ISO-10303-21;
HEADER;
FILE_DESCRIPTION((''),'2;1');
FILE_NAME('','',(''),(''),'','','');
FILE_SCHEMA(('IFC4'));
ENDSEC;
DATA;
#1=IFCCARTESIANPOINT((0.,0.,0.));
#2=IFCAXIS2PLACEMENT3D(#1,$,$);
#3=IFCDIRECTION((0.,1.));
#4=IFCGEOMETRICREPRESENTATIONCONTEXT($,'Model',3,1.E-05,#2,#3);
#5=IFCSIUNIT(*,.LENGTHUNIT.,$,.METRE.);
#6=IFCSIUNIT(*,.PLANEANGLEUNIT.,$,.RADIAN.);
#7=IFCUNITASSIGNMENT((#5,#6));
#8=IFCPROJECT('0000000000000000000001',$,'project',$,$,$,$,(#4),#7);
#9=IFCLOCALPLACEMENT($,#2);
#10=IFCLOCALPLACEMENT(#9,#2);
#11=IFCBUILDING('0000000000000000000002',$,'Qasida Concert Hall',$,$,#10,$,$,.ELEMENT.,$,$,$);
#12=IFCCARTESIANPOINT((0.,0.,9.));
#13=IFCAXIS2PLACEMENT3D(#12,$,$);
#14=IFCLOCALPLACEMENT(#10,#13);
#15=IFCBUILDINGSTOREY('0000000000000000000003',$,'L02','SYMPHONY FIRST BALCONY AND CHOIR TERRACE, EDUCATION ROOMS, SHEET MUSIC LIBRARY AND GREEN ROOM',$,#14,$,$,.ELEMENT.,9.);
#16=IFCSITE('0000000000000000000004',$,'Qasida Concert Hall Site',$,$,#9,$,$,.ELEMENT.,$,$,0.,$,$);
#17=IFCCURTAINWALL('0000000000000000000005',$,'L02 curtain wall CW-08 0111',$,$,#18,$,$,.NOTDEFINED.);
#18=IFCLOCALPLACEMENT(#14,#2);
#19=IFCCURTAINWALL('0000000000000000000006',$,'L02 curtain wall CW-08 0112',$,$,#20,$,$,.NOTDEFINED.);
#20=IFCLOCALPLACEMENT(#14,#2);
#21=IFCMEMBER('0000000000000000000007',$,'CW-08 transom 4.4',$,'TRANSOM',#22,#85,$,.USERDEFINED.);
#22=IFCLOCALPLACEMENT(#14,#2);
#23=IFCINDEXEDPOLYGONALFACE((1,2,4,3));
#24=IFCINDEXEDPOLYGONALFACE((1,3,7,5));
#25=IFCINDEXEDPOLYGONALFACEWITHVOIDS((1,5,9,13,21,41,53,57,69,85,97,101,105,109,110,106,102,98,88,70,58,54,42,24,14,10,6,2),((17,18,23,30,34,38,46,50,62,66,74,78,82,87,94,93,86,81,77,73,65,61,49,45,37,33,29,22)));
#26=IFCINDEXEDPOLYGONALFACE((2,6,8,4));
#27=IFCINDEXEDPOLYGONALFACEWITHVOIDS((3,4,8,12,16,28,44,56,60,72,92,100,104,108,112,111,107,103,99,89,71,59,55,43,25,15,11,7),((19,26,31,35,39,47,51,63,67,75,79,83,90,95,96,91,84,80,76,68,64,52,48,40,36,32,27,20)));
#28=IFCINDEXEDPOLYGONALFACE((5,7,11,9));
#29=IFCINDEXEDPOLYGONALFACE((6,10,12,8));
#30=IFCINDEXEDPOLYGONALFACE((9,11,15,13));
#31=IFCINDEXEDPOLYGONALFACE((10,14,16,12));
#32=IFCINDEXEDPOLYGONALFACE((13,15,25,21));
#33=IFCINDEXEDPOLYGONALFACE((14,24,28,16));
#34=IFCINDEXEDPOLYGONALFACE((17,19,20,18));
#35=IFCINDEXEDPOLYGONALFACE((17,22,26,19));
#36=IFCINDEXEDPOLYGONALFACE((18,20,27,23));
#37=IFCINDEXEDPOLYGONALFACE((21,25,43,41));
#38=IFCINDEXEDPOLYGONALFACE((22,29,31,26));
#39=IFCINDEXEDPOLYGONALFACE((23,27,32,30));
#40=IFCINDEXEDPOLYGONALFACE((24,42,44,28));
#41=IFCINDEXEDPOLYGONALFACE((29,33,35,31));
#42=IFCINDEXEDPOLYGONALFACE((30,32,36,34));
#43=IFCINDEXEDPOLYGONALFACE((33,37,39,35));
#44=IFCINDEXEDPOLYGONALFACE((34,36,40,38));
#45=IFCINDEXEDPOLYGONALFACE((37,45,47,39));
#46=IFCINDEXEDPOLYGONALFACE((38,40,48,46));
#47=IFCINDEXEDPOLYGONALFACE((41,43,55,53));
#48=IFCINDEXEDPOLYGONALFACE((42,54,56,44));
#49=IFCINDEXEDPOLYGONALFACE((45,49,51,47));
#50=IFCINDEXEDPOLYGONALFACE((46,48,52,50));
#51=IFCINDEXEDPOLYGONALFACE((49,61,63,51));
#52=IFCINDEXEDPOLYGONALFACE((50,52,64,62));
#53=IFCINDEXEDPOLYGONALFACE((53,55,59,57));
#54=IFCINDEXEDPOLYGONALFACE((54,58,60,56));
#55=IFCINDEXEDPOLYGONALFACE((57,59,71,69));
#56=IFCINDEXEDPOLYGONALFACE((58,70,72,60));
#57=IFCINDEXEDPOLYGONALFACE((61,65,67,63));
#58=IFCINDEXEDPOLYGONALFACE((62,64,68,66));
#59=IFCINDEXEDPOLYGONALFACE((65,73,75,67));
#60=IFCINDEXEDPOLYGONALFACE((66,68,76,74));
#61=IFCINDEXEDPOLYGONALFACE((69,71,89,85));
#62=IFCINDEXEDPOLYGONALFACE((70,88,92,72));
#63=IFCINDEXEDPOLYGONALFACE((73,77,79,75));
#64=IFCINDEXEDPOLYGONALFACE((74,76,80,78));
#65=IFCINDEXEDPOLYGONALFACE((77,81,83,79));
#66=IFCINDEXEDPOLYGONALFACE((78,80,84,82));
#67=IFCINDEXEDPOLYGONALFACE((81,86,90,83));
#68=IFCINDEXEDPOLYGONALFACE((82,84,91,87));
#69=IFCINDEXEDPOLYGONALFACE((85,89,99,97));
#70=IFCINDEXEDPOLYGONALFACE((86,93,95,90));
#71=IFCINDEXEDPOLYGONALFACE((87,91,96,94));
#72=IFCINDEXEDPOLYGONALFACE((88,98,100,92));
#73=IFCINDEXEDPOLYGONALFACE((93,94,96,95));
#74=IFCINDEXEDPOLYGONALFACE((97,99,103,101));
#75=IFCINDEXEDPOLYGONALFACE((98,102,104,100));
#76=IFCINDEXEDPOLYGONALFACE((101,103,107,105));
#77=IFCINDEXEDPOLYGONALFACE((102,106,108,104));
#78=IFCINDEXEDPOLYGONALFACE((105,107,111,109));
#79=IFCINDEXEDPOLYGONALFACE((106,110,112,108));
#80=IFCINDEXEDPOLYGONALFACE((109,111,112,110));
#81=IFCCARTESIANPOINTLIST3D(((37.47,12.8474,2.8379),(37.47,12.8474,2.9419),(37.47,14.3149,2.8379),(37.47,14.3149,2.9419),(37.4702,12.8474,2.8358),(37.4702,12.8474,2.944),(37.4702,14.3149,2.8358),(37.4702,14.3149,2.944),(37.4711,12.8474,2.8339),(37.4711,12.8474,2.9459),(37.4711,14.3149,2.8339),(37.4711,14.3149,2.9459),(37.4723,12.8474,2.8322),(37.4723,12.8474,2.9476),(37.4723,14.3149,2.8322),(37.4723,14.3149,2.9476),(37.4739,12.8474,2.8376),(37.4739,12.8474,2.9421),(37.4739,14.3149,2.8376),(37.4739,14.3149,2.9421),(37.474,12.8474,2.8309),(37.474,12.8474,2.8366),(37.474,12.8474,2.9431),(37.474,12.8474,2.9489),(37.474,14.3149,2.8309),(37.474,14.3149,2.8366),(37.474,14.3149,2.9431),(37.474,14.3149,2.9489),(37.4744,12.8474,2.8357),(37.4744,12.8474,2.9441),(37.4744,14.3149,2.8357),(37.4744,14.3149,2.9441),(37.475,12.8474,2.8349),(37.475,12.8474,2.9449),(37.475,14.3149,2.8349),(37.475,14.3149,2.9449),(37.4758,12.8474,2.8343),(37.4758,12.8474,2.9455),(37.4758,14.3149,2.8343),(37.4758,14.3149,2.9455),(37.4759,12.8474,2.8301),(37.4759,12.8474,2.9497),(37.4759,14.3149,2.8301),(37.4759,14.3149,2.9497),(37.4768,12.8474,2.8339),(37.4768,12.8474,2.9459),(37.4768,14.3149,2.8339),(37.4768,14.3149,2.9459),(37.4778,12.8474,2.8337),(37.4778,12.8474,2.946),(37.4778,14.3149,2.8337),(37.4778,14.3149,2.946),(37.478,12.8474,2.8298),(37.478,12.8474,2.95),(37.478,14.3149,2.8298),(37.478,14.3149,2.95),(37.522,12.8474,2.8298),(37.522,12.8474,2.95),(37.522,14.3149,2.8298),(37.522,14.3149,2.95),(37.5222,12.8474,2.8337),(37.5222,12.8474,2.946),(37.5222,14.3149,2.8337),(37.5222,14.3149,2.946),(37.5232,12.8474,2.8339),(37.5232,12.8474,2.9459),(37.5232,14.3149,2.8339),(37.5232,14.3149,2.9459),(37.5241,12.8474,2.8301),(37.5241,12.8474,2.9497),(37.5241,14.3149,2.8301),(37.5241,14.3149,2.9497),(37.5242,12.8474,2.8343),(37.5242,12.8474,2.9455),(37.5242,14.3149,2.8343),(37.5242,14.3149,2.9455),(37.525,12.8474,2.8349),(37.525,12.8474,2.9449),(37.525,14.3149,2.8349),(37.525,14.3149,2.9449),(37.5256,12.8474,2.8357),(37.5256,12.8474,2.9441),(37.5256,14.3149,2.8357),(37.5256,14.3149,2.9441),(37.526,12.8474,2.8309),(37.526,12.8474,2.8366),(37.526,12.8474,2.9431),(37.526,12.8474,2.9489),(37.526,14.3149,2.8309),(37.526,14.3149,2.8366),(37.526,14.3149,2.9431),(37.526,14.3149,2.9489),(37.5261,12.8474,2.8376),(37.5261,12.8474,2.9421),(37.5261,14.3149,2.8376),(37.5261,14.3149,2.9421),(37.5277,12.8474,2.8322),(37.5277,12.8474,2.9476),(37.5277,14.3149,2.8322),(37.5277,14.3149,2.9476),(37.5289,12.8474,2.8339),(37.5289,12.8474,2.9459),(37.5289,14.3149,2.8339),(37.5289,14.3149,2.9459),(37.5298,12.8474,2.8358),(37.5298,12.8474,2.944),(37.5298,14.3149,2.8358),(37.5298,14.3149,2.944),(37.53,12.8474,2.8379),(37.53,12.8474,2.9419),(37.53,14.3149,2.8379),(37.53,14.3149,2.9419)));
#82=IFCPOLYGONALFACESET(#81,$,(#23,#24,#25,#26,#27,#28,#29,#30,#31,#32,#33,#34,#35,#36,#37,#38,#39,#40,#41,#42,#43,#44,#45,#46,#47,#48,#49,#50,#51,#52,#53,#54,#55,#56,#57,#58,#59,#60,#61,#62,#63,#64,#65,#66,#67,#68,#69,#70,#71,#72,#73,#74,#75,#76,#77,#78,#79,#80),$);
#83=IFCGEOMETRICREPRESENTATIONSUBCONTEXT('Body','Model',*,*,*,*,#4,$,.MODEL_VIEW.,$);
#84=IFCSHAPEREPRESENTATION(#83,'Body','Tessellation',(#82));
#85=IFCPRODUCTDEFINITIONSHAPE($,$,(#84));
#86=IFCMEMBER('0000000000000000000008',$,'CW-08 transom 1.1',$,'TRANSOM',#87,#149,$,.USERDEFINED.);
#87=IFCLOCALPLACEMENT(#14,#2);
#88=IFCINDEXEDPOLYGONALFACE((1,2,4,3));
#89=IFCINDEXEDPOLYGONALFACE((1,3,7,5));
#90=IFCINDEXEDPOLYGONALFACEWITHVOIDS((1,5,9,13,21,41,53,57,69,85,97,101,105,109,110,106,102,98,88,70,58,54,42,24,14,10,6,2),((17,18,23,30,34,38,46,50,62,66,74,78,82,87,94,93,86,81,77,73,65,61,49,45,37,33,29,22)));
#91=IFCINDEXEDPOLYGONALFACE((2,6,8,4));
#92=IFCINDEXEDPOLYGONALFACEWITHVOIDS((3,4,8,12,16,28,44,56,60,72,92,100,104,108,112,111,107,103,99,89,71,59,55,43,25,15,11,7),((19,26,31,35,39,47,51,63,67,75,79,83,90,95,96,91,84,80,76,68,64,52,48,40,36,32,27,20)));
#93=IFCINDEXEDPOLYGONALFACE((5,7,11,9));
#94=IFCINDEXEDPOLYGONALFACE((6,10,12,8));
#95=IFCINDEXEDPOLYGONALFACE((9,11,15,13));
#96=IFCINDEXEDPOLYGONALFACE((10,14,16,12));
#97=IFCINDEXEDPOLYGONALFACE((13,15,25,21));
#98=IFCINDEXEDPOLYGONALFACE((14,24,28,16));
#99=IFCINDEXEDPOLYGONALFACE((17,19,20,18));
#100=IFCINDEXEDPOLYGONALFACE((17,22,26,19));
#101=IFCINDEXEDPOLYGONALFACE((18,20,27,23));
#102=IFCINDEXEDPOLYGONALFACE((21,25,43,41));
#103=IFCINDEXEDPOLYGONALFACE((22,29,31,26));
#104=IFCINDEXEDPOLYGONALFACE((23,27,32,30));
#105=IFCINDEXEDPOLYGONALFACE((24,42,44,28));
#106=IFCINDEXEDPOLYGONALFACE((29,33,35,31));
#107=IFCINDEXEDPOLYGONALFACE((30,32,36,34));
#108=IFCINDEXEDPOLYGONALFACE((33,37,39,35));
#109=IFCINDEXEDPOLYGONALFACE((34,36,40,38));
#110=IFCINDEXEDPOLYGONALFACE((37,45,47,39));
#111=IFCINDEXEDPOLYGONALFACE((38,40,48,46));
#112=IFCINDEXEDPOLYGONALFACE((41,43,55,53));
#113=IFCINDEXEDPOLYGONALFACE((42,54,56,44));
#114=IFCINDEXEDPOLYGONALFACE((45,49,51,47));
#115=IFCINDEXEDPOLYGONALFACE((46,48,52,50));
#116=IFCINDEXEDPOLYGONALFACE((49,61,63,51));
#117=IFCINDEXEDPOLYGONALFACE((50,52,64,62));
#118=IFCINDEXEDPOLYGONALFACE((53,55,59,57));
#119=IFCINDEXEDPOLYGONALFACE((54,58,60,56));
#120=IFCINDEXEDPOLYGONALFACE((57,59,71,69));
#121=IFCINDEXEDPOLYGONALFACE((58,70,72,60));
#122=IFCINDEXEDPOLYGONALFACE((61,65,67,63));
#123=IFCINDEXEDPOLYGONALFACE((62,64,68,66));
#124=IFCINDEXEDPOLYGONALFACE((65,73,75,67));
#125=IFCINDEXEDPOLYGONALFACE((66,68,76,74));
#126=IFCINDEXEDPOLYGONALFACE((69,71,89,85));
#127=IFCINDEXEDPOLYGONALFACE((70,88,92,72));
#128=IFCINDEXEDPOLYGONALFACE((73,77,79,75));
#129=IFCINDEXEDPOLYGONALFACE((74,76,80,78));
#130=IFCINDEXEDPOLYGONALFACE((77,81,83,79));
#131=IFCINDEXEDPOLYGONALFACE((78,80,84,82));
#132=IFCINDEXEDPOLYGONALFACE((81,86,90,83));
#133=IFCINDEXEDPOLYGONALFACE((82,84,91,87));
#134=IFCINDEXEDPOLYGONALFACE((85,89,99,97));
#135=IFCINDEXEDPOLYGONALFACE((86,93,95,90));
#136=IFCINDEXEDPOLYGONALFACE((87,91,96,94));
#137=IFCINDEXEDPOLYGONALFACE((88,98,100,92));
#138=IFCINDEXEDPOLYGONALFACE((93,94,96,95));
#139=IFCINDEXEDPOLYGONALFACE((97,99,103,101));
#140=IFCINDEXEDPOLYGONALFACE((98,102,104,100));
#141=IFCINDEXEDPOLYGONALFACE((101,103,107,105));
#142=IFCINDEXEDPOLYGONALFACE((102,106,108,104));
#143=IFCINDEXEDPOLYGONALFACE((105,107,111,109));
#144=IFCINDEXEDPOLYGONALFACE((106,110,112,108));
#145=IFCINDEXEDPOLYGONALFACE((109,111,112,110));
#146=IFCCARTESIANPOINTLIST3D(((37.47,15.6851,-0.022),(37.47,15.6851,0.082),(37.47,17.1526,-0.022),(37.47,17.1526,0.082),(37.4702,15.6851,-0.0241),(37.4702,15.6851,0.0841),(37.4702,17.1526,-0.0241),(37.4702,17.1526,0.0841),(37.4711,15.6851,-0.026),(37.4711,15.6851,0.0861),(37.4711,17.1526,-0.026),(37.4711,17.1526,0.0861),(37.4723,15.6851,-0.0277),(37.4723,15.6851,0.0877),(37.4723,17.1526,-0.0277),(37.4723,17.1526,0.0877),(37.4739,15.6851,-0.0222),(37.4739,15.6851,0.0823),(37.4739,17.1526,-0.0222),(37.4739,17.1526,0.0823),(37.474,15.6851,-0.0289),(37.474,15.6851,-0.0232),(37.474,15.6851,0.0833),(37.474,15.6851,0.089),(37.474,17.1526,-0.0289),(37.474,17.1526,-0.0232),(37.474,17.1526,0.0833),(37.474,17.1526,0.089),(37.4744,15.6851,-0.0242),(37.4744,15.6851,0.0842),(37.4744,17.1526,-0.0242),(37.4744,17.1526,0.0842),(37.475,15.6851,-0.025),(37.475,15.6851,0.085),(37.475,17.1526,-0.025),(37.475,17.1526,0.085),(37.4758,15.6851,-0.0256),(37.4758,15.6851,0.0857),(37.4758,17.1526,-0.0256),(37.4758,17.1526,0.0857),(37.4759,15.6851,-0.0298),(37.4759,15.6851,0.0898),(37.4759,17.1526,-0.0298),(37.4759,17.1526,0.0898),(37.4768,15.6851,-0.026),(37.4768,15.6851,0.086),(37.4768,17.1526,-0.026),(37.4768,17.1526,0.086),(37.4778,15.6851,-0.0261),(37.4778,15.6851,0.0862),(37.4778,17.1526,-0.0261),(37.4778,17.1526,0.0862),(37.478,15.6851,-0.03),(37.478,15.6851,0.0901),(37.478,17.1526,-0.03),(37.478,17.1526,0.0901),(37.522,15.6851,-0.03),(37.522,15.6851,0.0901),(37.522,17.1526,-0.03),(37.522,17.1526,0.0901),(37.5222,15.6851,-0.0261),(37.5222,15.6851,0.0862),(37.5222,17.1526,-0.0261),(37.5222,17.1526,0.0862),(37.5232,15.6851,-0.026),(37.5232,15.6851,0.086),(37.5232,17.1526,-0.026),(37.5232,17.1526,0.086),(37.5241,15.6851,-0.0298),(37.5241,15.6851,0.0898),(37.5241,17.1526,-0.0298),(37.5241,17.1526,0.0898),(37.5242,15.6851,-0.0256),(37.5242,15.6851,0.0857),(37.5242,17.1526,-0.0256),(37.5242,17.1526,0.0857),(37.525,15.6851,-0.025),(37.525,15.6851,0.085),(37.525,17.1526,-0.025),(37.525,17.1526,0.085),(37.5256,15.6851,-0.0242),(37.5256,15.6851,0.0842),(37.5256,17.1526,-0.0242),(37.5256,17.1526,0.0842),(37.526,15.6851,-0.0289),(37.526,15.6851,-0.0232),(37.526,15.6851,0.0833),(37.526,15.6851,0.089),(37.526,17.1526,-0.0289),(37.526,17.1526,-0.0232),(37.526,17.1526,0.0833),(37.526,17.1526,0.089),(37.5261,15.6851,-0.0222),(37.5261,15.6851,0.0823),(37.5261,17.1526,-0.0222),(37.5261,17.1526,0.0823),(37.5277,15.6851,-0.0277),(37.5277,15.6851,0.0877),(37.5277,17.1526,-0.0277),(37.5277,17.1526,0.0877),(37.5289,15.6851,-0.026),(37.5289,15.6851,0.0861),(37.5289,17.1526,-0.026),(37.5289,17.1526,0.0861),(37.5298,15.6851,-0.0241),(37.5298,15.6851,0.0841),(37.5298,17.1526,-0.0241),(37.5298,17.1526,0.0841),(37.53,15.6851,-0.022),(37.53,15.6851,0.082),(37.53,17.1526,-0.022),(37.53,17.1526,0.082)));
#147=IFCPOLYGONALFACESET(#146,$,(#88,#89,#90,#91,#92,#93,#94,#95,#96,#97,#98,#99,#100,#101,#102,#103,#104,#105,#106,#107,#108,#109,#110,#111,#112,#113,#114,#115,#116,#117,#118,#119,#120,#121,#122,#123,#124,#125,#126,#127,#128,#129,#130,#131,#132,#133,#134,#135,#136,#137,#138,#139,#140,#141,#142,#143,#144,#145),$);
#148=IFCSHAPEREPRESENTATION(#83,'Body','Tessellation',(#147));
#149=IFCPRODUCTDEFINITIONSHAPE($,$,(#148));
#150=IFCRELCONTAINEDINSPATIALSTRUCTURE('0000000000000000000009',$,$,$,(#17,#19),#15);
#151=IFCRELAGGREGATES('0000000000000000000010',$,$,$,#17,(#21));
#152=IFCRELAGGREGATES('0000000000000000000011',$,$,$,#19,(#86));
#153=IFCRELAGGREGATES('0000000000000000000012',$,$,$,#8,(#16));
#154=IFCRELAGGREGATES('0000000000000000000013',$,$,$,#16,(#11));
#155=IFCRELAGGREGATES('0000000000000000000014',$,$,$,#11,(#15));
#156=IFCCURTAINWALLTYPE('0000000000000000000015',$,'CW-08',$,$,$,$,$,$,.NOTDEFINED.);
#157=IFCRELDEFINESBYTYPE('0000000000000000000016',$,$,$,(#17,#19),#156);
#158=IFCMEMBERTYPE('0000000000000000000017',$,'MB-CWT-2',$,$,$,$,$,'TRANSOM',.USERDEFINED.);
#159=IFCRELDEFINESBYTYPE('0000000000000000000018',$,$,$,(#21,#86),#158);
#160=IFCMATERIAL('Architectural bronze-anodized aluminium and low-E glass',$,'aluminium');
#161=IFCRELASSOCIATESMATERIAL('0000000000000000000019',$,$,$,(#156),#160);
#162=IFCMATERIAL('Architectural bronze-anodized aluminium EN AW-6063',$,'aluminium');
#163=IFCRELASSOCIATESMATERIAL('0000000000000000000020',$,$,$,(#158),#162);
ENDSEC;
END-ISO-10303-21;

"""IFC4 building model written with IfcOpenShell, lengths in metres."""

from ifc_helpers import new_model, si_unit, direction, frame, origin, origin_2d, place, context, subcontext, project, spatial, hollow_rectangle, extrude, material, material_profile, profile_set, type_object, element, aggregate, save


model = new_model("IFC4")

# Units and contexts
model_context = context("Model", 3, precision=1e-05, world=origin(), true_north=direction((0.0, 1.0)))
body_context = subcontext(model_context, "Body", "Model", "MODEL_VIEW")
ifc_project = project(units=[si_unit("LENGTHUNIT", "METRE"), si_unit("PLANEANGLEUNIT", "RADIAN")], contexts=[model_context])

# Site, building, storey
site_placement = place(None, origin())
site = spatial("IfcSite", under=ifc_project, at=site_placement, Name="Qasida Concert Hall Site", CompositionType="ELEMENT", RefElevation=0.0)
building_placement = place(site_placement, origin())
building = spatial("IfcBuilding", under=site, at=building_placement, Name="Qasida Concert Hall", CompositionType="ELEMENT")
storey_placement = place(building_placement, frame((0.0, 0.0, 9.0)))
storey = spatial("IfcBuildingStorey", under=building, at=storey_placement, Name="L02", Description="SYMPHONY FIRST BALCONY AND CHOIR TERRACE, EDUCATION ROOMS, SHEET MUSIC LIBRARY AND GREEN ROOM", CompositionType="ELEMENT", Elevation=9.0)

# Curtain walls
ifc_material_1 = material(Name="Architectural bronze-anodized aluminium and low-E glass", Category="aluminium")
curtain_wall_type = type_object("IfcCurtainWallType", Name="CW-08", PredefinedType="NOTDEFINED", material=ifc_material_1)
curtain_wall_1_placement = place(storey_placement, origin())
curtain_wall_1 = element("IfcCurtainWall", 1, at=curtain_wall_1_placement, inside=storey, type_object=curtain_wall_type, Name="L02 curtain wall CW-08 0111", PredefinedType="NOTDEFINED")
ifc_material_2 = material(Name="Architectural bronze-anodized aluminium EN AW-6063", Category="aluminium")
curtain_wall_2_placement = place(storey_placement, origin())
curtain_wall_2 = element("IfcCurtainWall", 2, at=curtain_wall_2_placement, inside=storey, type_object=curtain_wall_type, Name="L02 curtain wall CW-08 0112", PredefinedType="NOTDEFINED")

# Members
ifc_material_profile_1 = material_profile(ifc_material_2, hollow_rectangle(XDim=0.0601, YDim=0.1201, WallThickness=0.0039, InnerFilletRadius=0.0039, OuterFilletRadius=0.0081, at=origin_2d()), Name="CWT 120x60x4")
ifc_profile_set_1 = profile_set([ifc_material_profile_1], Name="Architectural bronze-anodized aluminium EN AW-6063")
member_type_1 = type_object("IfcMemberType", Name="MB-CWT-2", ElementType="TRANSOM", PredefinedType="USERDEFINED", material=ifc_profile_set_1)
member_1_placement = place(storey_placement, frame((37.5, 12.8474, 2.8899), z_axis=(0.0, 1.0, 0.0), x_axis=(-1.0, 0.0, 0.0)))
member_1 = element("IfcMember", 3, at=member_1_placement, type_object=member_type_1, Name="CW-08 transom 4.4", ObjectType="TRANSOM", PredefinedType="USERDEFINED", context=body_context, shape_type="SweptSolid", body=[
    extrude(hollow_rectangle(XDim=0.0601, YDim=0.1201, WallThickness=0.0039, InnerFilletRadius=0.0039, OuterFilletRadius=0.0081, at=origin_2d()), origin(), (0.0, 0.0, 1.0), 1.4675),
])
member_2_placement = place(storey_placement, frame((37.5, 15.6851, 0.03), z_axis=(0.0, 1.0, 0.0), x_axis=(-1.0, 0.0, 0.0)))
member_2 = element("IfcMember", 4, at=member_2_placement, type_object=member_type_1, Name="CW-08 transom 1.1", ObjectType="TRANSOM", PredefinedType="USERDEFINED", context=body_context, shape_type="SweptSolid", body=[
    extrude(hollow_rectangle(XDim=0.0601, YDim=0.1201, WallThickness=0.0039, InnerFilletRadius=0.0039, OuterFilletRadius=0.0081, at=origin_2d()), origin(), (0.0, 0.0, 1.0), 1.4675),
])

aggregate(curtain_wall_1, [member_1])
aggregate(curtain_wall_2, [member_2])

save(model, "model.ifc")
